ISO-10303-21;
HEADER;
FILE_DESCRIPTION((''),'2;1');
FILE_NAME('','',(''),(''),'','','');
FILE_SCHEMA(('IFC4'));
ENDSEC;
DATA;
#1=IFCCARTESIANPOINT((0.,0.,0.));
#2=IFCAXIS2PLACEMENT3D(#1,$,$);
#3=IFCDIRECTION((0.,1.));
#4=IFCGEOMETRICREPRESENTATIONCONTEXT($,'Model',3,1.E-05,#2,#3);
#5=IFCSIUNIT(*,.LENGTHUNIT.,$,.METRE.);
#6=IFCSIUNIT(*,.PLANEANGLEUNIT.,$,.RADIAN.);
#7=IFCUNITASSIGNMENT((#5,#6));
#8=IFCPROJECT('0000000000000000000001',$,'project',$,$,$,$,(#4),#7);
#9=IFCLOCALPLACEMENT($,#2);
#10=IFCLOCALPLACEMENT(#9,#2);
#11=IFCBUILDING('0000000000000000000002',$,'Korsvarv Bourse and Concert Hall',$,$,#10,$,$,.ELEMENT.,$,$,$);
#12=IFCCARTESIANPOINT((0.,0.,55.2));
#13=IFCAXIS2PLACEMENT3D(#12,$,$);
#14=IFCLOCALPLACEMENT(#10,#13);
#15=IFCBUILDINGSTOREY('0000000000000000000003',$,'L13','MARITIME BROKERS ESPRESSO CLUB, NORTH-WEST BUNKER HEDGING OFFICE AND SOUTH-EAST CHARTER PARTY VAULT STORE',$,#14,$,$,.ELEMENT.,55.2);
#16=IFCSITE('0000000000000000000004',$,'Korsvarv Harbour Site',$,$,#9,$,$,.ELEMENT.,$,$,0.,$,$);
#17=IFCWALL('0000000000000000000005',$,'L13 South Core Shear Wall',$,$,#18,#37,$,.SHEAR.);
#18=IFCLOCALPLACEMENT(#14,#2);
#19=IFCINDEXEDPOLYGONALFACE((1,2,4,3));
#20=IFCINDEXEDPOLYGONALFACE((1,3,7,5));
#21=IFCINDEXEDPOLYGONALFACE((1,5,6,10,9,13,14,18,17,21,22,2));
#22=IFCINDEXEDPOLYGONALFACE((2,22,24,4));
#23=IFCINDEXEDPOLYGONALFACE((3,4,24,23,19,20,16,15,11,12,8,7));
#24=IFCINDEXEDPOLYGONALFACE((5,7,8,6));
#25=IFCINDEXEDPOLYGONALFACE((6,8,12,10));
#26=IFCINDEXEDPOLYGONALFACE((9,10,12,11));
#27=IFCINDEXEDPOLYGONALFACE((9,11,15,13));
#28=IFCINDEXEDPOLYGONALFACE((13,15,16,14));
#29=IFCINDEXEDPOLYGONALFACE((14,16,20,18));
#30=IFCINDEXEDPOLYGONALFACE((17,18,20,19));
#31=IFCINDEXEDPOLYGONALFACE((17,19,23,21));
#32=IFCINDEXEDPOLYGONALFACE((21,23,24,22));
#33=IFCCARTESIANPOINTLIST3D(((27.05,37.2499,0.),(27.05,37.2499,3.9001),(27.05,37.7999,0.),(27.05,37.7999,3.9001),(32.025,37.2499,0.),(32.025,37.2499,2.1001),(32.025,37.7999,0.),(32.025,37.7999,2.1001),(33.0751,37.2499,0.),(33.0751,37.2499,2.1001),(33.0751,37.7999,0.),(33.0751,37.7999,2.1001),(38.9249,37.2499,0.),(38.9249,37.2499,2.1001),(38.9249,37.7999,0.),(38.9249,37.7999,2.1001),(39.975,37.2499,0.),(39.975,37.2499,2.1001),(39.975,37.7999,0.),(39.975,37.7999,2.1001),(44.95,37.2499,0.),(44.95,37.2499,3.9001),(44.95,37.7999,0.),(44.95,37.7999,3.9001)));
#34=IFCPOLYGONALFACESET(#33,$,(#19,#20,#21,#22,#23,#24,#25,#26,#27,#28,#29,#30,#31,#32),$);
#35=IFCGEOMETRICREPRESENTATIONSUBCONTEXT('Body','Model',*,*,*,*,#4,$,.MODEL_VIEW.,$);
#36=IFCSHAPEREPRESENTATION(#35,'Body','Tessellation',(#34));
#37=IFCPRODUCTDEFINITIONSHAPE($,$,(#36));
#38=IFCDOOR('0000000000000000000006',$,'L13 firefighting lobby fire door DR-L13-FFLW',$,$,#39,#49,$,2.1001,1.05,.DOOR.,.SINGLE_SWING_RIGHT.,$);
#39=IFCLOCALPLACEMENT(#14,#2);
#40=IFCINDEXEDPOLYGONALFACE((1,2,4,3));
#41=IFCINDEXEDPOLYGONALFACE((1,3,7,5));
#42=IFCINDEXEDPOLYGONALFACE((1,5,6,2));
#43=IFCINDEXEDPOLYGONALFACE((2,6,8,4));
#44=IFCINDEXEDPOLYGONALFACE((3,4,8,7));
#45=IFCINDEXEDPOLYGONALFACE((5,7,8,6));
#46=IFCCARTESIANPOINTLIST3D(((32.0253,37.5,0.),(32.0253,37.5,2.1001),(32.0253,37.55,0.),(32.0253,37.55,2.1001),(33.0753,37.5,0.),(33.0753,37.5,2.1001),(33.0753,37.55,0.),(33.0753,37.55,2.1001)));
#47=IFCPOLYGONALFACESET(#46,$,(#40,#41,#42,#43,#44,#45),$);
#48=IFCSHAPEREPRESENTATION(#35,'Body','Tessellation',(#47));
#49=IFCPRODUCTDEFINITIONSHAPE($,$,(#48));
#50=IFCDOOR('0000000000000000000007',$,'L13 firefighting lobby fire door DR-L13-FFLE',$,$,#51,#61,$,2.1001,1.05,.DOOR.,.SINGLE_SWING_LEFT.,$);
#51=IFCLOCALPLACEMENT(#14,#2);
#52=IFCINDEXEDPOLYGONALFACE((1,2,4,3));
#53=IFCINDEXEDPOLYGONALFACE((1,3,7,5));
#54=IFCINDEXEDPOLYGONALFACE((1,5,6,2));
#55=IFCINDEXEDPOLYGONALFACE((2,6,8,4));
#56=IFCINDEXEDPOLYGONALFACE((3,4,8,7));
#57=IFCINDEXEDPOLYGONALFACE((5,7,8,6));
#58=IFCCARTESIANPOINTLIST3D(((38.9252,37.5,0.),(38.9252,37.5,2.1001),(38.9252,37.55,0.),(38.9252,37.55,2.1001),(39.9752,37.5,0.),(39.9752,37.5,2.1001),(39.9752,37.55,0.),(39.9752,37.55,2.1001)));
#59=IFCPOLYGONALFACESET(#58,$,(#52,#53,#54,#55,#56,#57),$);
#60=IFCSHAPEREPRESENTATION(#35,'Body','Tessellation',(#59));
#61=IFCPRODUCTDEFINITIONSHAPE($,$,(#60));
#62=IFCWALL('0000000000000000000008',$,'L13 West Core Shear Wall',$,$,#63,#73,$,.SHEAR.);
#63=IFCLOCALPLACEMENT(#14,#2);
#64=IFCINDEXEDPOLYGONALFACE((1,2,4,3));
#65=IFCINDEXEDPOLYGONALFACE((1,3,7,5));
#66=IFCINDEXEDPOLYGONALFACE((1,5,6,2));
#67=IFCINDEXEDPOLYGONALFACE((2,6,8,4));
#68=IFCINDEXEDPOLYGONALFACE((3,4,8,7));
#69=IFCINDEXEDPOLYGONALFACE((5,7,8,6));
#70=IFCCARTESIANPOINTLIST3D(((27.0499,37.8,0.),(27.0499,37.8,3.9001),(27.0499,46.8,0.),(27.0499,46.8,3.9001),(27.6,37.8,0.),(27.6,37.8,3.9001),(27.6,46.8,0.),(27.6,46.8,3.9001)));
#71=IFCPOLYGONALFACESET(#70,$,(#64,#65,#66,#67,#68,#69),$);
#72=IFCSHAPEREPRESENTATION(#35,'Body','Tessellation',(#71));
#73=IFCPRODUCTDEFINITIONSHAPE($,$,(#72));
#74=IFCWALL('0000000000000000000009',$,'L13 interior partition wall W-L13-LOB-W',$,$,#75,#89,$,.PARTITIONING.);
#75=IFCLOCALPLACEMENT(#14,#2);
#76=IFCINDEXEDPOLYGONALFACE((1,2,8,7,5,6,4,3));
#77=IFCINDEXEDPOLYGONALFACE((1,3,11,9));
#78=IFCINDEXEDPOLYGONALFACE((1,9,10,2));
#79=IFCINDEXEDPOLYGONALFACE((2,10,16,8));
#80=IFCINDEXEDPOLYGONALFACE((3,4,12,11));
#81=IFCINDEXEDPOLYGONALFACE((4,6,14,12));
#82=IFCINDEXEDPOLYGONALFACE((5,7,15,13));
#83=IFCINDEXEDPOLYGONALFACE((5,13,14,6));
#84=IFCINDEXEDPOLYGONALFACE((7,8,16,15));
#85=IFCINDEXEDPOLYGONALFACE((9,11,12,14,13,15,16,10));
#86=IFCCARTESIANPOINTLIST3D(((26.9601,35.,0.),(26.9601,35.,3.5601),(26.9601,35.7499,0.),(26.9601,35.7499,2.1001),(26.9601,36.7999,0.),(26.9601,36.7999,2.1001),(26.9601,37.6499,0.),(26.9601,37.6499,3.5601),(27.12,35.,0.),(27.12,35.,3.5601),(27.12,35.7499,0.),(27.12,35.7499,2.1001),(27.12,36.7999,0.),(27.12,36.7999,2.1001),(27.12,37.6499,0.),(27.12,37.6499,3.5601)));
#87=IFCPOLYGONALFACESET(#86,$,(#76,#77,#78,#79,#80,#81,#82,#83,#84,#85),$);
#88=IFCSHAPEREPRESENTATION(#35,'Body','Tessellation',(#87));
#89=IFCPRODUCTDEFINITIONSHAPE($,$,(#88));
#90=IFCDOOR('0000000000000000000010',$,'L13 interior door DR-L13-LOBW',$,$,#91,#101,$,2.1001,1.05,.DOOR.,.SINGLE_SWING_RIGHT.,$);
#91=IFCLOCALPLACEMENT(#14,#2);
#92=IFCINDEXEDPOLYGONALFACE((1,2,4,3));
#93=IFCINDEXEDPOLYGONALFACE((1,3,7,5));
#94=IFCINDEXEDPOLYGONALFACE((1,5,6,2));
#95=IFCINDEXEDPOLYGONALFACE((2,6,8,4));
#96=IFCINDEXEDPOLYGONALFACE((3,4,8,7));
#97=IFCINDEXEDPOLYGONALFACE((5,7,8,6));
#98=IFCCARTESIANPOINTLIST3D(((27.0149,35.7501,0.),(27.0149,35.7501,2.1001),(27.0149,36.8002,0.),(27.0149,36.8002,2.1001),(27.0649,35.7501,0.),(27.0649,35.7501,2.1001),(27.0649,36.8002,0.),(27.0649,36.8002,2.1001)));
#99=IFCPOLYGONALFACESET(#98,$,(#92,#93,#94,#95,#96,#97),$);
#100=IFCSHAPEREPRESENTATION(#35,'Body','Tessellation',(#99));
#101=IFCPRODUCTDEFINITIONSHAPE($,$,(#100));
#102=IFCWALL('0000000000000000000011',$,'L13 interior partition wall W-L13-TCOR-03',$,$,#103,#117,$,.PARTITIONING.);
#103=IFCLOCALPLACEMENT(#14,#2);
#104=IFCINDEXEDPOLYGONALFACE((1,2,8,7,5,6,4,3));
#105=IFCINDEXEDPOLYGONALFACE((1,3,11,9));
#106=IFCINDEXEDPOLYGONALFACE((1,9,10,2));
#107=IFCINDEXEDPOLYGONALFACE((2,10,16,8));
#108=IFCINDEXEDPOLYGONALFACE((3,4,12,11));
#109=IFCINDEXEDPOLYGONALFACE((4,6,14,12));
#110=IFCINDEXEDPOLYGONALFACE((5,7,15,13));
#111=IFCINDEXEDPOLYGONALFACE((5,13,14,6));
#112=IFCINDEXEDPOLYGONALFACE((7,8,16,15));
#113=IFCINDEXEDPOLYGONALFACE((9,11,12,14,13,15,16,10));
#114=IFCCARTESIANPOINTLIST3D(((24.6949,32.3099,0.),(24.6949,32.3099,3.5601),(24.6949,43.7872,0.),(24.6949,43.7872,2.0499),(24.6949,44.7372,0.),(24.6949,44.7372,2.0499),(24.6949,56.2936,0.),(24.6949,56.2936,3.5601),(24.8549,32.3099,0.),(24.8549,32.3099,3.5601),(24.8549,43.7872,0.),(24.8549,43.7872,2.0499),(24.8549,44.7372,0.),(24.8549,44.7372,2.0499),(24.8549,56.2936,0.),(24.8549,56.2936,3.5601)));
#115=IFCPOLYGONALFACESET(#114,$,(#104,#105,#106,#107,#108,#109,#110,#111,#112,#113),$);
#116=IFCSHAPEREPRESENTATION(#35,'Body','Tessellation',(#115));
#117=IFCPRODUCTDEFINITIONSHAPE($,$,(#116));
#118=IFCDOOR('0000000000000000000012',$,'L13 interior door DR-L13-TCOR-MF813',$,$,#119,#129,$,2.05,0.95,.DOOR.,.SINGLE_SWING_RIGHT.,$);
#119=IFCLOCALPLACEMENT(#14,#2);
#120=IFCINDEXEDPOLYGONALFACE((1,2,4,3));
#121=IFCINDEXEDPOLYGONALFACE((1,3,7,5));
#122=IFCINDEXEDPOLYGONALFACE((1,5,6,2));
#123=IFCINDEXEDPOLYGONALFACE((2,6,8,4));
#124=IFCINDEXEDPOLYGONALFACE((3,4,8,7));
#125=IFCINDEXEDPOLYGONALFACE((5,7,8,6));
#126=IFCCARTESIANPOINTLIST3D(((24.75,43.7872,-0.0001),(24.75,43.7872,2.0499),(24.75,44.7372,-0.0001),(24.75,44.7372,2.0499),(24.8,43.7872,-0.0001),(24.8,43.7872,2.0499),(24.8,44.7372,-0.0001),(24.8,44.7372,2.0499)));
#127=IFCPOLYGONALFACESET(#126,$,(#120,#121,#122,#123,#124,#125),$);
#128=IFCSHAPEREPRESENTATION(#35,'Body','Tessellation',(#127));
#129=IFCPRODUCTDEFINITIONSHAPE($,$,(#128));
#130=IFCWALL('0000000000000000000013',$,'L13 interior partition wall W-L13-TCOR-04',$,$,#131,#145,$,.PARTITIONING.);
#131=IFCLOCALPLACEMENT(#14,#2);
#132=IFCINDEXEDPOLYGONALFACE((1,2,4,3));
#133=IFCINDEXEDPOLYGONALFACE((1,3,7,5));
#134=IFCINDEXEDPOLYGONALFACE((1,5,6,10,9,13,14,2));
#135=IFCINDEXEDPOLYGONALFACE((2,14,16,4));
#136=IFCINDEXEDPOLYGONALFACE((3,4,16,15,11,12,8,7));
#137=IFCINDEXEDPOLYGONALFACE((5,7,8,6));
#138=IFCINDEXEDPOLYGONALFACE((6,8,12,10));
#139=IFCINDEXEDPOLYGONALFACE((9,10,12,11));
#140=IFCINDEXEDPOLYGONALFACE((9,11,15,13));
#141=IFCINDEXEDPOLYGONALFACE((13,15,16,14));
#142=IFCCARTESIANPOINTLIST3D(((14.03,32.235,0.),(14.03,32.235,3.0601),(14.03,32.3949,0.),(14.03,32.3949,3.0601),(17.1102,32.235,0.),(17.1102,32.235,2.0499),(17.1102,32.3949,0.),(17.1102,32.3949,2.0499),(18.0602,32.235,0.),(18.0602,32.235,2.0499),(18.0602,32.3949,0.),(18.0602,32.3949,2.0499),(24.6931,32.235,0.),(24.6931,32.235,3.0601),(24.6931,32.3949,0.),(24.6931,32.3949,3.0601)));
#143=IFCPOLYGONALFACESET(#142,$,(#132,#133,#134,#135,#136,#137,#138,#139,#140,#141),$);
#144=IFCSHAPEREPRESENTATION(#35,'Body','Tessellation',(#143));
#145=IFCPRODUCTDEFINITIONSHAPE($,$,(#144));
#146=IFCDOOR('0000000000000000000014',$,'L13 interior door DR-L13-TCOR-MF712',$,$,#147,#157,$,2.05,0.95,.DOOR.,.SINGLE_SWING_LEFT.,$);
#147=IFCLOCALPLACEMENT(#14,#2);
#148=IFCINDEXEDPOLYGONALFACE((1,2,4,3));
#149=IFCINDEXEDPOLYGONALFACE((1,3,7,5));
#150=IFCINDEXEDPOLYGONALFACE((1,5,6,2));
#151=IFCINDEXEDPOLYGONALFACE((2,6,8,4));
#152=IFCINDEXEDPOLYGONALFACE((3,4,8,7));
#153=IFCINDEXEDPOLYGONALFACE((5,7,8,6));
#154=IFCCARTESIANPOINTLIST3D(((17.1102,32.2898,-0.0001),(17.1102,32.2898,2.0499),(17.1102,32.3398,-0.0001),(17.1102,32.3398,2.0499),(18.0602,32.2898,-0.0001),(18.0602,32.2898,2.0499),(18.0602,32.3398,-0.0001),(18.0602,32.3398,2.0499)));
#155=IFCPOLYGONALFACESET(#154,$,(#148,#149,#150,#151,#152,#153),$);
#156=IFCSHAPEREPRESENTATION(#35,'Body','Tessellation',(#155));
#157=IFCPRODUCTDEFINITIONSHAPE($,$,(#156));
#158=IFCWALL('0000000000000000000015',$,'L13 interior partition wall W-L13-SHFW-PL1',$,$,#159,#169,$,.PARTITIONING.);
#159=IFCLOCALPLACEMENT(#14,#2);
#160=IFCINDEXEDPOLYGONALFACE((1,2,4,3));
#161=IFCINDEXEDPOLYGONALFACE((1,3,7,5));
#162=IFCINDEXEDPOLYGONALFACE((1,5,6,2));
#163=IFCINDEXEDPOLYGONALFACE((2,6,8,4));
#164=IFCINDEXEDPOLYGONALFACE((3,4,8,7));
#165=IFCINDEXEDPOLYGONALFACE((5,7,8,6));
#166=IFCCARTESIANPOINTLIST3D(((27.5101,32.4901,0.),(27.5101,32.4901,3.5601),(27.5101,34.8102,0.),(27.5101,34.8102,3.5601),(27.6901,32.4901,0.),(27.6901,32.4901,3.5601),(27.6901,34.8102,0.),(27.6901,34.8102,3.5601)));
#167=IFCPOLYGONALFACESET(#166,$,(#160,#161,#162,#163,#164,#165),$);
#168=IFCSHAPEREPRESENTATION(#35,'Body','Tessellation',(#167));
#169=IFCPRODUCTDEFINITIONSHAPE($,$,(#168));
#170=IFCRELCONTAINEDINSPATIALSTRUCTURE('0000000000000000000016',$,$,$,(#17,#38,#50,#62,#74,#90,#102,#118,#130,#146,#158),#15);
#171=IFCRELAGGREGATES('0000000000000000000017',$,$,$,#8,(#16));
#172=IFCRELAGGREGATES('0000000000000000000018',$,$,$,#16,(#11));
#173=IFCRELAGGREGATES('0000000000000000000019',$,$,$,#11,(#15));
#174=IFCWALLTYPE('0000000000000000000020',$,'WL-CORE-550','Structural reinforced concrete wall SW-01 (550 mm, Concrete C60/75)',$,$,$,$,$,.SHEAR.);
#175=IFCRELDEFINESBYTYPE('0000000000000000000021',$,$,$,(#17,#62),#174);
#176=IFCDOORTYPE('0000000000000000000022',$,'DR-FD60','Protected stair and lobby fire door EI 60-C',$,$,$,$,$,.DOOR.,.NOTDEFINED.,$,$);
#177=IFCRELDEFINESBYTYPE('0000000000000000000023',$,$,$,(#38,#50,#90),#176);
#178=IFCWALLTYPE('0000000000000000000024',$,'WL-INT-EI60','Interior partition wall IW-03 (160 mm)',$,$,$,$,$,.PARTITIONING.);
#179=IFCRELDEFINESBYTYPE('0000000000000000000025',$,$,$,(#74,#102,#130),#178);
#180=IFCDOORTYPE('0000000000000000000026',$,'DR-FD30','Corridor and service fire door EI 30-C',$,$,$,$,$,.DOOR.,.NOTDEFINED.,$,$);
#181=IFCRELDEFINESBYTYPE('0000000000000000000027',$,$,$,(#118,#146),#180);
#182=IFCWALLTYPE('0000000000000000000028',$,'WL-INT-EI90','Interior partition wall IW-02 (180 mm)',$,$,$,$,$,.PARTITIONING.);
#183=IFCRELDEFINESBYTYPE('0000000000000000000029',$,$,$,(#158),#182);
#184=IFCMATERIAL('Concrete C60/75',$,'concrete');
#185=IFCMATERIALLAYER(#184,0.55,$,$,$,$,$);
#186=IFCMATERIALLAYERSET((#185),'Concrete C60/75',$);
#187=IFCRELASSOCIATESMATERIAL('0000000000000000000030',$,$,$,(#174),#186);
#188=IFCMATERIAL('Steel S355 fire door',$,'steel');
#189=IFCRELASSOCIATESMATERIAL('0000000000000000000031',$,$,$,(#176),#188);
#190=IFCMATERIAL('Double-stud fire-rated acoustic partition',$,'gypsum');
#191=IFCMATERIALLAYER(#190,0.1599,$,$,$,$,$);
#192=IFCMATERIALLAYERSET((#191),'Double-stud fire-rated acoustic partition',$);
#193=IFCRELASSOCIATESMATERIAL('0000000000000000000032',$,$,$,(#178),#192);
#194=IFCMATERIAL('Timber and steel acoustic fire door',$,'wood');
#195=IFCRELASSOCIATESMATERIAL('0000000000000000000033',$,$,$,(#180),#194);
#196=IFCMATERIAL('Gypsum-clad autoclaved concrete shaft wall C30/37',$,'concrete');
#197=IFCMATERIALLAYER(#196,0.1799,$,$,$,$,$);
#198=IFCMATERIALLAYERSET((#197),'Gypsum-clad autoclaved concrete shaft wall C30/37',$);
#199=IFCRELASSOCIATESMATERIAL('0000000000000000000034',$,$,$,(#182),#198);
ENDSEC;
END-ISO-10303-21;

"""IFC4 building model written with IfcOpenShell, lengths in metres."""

from ifc_helpers import new_model, si_unit, direction, frame, frame_2d, origin, place, context, subcontext, project, spatial, rectangle, extrude, material, layer, layer_set, type_object, element, fill, save


model = new_model("IFC4")

# Units and contexts
model_context = context("Model", 3, precision=1e-05, world=origin(), true_north=direction((0.0, 1.0)))
body_context = subcontext(model_context, "Body", "Model", "MODEL_VIEW")
ifc_project = project(units=[si_unit("LENGTHUNIT", "METRE"), si_unit("PLANEANGLEUNIT", "RADIAN")], contexts=[model_context])

# Site, building, storey
site_placement = place(None, origin())
site = spatial("IfcSite", under=ifc_project, at=site_placement, Name="Korsvarv Harbour Site", CompositionType="ELEMENT", RefElevation=0.0)
building_placement = place(site_placement, origin())
building = spatial("IfcBuilding", under=site, at=building_placement, Name="Korsvarv Bourse and Concert Hall", CompositionType="ELEMENT")
storey_placement = place(building_placement, frame((0.0, 0.0, 55.2)))
storey = spatial("IfcBuildingStorey", under=building, at=storey_placement, Name="L13", Description="MARITIME BROKERS ESPRESSO CLUB, NORTH-WEST BUNKER HEDGING OFFICE AND SOUTH-EAST CHARTER PARTY VAULT STORE", CompositionType="ELEMENT", Elevation=55.2)

# Shared definitions
ifc_material_1 = material(Name="Concrete C60/75", Category="concrete")

# Wall, openings, doors
ifc_layer_1 = layer(ifc_material_1, 0.55)
ifc_layer_set_1 = layer_set([ifc_layer_1], Name="Concrete C60/75")
wall_type_1 = type_object("IfcWallType", Name="WL-CORE-550", Description="Structural reinforced concrete wall SW-01 (550 mm, Concrete C60/75)", PredefinedType="SHEAR", material=ifc_layer_set_1)
wall_1_placement = place(storey_placement, frame((27.05, 37.5249, 0.0), z_axis=(0.0, 0.0, 1.0), x_axis=(1.0, 0.0, 0.0)))
wall_1 = element("IfcWall", 1, at=wall_1_placement, inside=storey, type_object=wall_type_1, Name="L13 South Core Shear Wall", PredefinedType="SHEAR", context=body_context, shape_type="SweptSolid", body=[
    extrude(rectangle(XDim=17.8999, YDim=0.55, at=frame_2d((8.95, 0.0))), origin(), (0.0, 0.0, 1.0), 3.9001),
])
opening_1_placement = place(wall_1_placement, frame((4.9751, 0.0, 0.0)))
opening_1 = element("IfcOpeningElement", 2, at=opening_1_placement, cuts=wall_1, PredefinedType="OPENING", context=body_context, shape_type="SweptSolid", body=[
    extrude(rectangle(XDim=1.05, YDim=2.1001, at=frame_2d((0.5249, 1.05))), frame((0.0, 0.2852, 0.0), z_axis=(0.0, -1.0, 0.0), x_axis=(1.0, 0.0, 0.0)), (0.0, 0.0, 1.0), 0.5701),
])
opening_2_placement = place(wall_1_placement, frame((11.875, 0.0, 0.0)))
opening_2 = element("IfcOpeningElement", 3, at=opening_2_placement, cuts=wall_1, PredefinedType="OPENING", context=body_context, shape_type="SweptSolid", body=[
    extrude(rectangle(XDim=1.05, YDim=2.1001, at=frame_2d((0.5249, 1.05))), frame((0.0, 0.2852, 0.0), z_axis=(0.0, -1.0, 0.0), x_axis=(1.0, 0.0, 0.0)), (0.0, 0.0, 1.0), 0.5701),
])
ifc_material_2 = material(Name="Steel S355 fire door", Category="steel")
door_type_1 = type_object("IfcDoorType", Name="DR-FD60", Description="Protected stair and lobby fire door EI 60-C", OperationType="NOTDEFINED", PredefinedType="DOOR", material=ifc_material_2)
door_1_placement = place(opening_1_placement, frame((1.05, 0.0, 0.0), z_axis=(0.0, 0.0, 1.0), x_axis=(-1.0, 0.0, 0.0)))
door_1 = element("IfcDoor", 4, at=door_1_placement, inside=storey, type_object=door_type_1, Name="L13 firefighting lobby fire door DR-L13-FFLW", OperationType="SINGLE_SWING_RIGHT", OverallHeight=2.1001, OverallWidth=1.05, PredefinedType="DOOR", context=body_context, shape_type="SweptSolid", body=[
    extrude(rectangle(XDim=1.05, YDim=2.1001, at=frame_2d((0.5249, 1.05))), frame((0.0, 0.0249, 0.0), z_axis=(0.0, -1.0, 0.0), x_axis=(1.0, 0.0, 0.0)), (0.0, 0.0, 1.0), 0.05),
])
fill(opening_1, door_1)
door_2_placement = place(opening_2_placement, frame((1.05, 0.0, 0.0), z_axis=(0.0, 0.0, 1.0), x_axis=(-1.0, 0.0, 0.0)))
door_2 = element("IfcDoor", 5, at=door_2_placement, inside=storey, type_object=door_type_1, Name="L13 firefighting lobby fire door DR-L13-FFLE", OperationType="SINGLE_SWING_LEFT", OverallHeight=2.1001, OverallWidth=1.05, PredefinedType="DOOR", context=body_context, shape_type="SweptSolid", body=[
    extrude(rectangle(XDim=1.05, YDim=2.1001, at=frame_2d((0.5249, 1.05))), frame((0.0, 0.0249, 0.0), z_axis=(0.0, -1.0, 0.0), x_axis=(1.0, 0.0, 0.0)), (0.0, 0.0, 1.0), 0.05),
])
fill(opening_2, door_2)

# Wall
wall_2_placement = place(storey_placement, frame((27.325, 37.8, 0.0), z_axis=(0.0, 0.0, 1.0), x_axis=(0.0, 1.0, 0.0)))
element("IfcWall", 6, at=wall_2_placement, inside=storey, type_object=wall_type_1, Name="L13 West Core Shear Wall", PredefinedType="SHEAR", context=body_context, shape_type="SweptSolid", body=[
    extrude(rectangle(XDim=9.0, YDim=0.55, at=frame_2d((4.5, 0.0))), origin(), (0.0, 0.0, 1.0), 3.9001),
])

# Walls, openings, doors
ifc_material_3 = material(Name="Double-stud fire-rated acoustic partition", Category="gypsum")
ifc_layer_2 = layer(ifc_material_3, 0.1599)
ifc_layer_set_2 = layer_set([ifc_layer_2], Name="Double-stud fire-rated acoustic partition")
wall_type_2 = type_object("IfcWallType", Name="WL-INT-EI60", Description="Interior partition wall IW-03 (160 mm)", PredefinedType="PARTITIONING", material=ifc_layer_set_2)
wall_3_placement = place(storey_placement, frame((27.04, 35.0, 0.0), z_axis=(0.0, 0.0, 1.0), x_axis=(0.0, 1.0, 0.0)))
wall_3 = element("IfcWall", 7, at=wall_3_placement, inside=storey, type_object=wall_type_2, Name="L13 interior partition wall W-L13-LOB-W", PredefinedType="PARTITIONING", context=body_context, shape_type="SweptSolid", body=[
    extrude(rectangle(XDim=2.6499, YDim=0.1599, at=frame_2d((1.325, 0.0))), origin(), (0.0, 0.0, 1.0), 3.5601),
])
opening_3_placement = place(wall_3_placement, frame((0.75, 0.0, 0.0)))
opening_3 = element("IfcOpeningElement", 8, at=opening_3_placement, cuts=wall_3, PredefinedType="OPENING", context=body_context, shape_type="SweptSolid", body=[
    extrude(rectangle(XDim=1.05, YDim=2.1001, at=frame_2d((0.5249, 1.05))), frame((0.0, 0.0898, 0.0), z_axis=(0.0, -1.0, 0.0), x_axis=(1.0, 0.0, 0.0)), (0.0, 0.0, 1.0), 0.1799),
])
door_3_placement = place(opening_3_placement, frame((1.05, 0.0, 0.0), z_axis=(0.0, 0.0, 1.0), x_axis=(-1.0, 0.0, 0.0)))
door_3 = element("IfcDoor", 9, at=door_3_placement, inside=storey, type_object=door_type_1, Name="L13 interior door DR-L13-LOBW", OperationType="SINGLE_SWING_RIGHT", OverallHeight=2.1001, OverallWidth=1.05, PredefinedType="DOOR", context=body_context, shape_type="SweptSolid", body=[
    extrude(rectangle(XDim=1.05, YDim=2.1001, at=frame_2d((0.5249, 1.05))), frame((0.0, 0.0249, 0.0), z_axis=(0.0, -1.0, 0.0), x_axis=(1.0, 0.0, 0.0)), (0.0, 0.0, 1.0), 0.05),
])
fill(opening_3, door_3)
wall_4_placement = place(storey_placement, frame((24.7749, 32.3101, 0.0), z_axis=(0.0, 0.0, 1.0), x_axis=(0.0, 1.0, 0.0)))
wall_4 = element("IfcWall", 10, at=wall_4_placement, inside=storey, type_object=wall_type_2, Name="L13 interior partition wall W-L13-TCOR-03", PredefinedType="PARTITIONING", context=body_context, shape_type="SweptSolid", body=[
    extrude(rectangle(XDim=23.9836, YDim=0.1599, at=frame_2d((11.9917, 0.0))), origin(), (0.0, 0.0, 1.0), 3.5601),
])
opening_4_placement = place(wall_4_placement, frame((11.4771, 0.0, 0.0)))
opening_4 = element("IfcOpeningElement", 11, at=opening_4_placement, cuts=wall_4, PredefinedType="OPENING", context=body_context, shape_type="SweptSolid", body=[
    extrude(rectangle(XDim=0.95, YDim=2.05, at=frame_2d((0.4751, 1.0249))), frame((0.0, 0.0898, 0.0), z_axis=(0.0, -1.0, 0.0), x_axis=(1.0, 0.0, 0.0)), (0.0, 0.0, 1.0), 0.1799),
])
ifc_material_4 = material(Name="Timber and steel acoustic fire door", Category="wood")
door_type_2 = type_object("IfcDoorType", Name="DR-FD30", Description="Corridor and service fire door EI 30-C", OperationType="NOTDEFINED", PredefinedType="DOOR", material=ifc_material_4)
door_4_placement = place(opening_4_placement, origin())
door_4 = element("IfcDoor", 12, at=door_4_placement, inside=storey, type_object=door_type_2, Name="L13 interior door DR-L13-TCOR-MF813", OperationType="SINGLE_SWING_RIGHT", OverallHeight=2.05, OverallWidth=0.95, PredefinedType="DOOR", context=body_context, shape_type="SweptSolid", body=[
    extrude(rectangle(XDim=0.95, YDim=2.05, at=frame_2d((0.4751, 1.0249))), frame((0.0, 0.0249, 0.0), z_axis=(0.0, -1.0, 0.0), x_axis=(1.0, 0.0, 0.0)), (0.0, 0.0, 1.0), 0.05),
])
fill(opening_4, door_4)
wall_5_placement = place(storey_placement, frame((14.03, 32.3149, 0.0), z_axis=(0.0, 0.0, 1.0), x_axis=(1.0, 0.0, 0.0)))
wall_5 = element("IfcWall", 13, at=wall_5_placement, inside=storey, type_object=wall_type_2, Name="L13 interior partition wall W-L13-TCOR-04", PredefinedType="PARTITIONING", context=body_context, shape_type="SweptSolid", body=[
    extrude(rectangle(XDim=10.6631, YDim=0.1599, at=frame_2d((5.3315, 0.0))), origin(), (0.0, 0.0, 1.0), 3.0601),
])
opening_5_placement = place(wall_5_placement, frame((3.0801, 0.0, 0.0)))
opening_5 = element("IfcOpeningElement", 14, at=opening_5_placement, cuts=wall_5, PredefinedType="OPENING", context=body_context, shape_type="SweptSolid", body=[
    extrude(rectangle(XDim=0.95, YDim=2.05, at=frame_2d((0.4751, 1.0249))), frame((0.0, 0.0898, 0.0), z_axis=(0.0, -1.0, 0.0), x_axis=(1.0, 0.0, 0.0)), (0.0, 0.0, 1.0), 0.1799),
])
door_5_placement = place(opening_5_placement, origin())
door_5 = element("IfcDoor", 15, at=door_5_placement, inside=storey, type_object=door_type_2, Name="L13 interior door DR-L13-TCOR-MF712", OperationType="SINGLE_SWING_LEFT", OverallHeight=2.05, OverallWidth=0.95, PredefinedType="DOOR", context=body_context, shape_type="SweptSolid", body=[
    extrude(rectangle(XDim=0.95, YDim=2.05, at=frame_2d((0.4751, 1.0249))), frame((0.0, 0.0249, 0.0), z_axis=(0.0, -1.0, 0.0), x_axis=(1.0, 0.0, 0.0)), (0.0, 0.0, 1.0), 0.05),
])
fill(opening_5, door_5)

# Wall
ifc_material_5 = material(Name="Gypsum-clad autoclaved concrete shaft wall C30/37", Category="concrete")
ifc_layer_3 = layer(ifc_material_5, 0.1799)
ifc_layer_set_3 = layer_set([ifc_layer_3], Name="Gypsum-clad autoclaved concrete shaft wall C30/37")
wall_type_3 = type_object("IfcWallType", Name="WL-INT-EI90", Description="Interior partition wall IW-02 (180 mm)", PredefinedType="PARTITIONING", material=ifc_layer_set_3)
wall_6_placement = place(storey_placement, frame((27.6001, 32.49, 0.0), z_axis=(0.0, 0.0, 1.0), x_axis=(0.0, 1.0, 0.0)))
element("IfcWall", 16, at=wall_6_placement, inside=storey, type_object=wall_type_3, Name="L13 interior partition wall W-L13-SHFW-PL1", PredefinedType="PARTITIONING", context=body_context, shape_type="SweptSolid", body=[
    extrude(rectangle(XDim=2.3201, YDim=0.1799, at=frame_2d((1.1602, 0.0))), origin(), (0.0, 0.0, 1.0), 3.5601),
])

save(model, "model.ifc")
